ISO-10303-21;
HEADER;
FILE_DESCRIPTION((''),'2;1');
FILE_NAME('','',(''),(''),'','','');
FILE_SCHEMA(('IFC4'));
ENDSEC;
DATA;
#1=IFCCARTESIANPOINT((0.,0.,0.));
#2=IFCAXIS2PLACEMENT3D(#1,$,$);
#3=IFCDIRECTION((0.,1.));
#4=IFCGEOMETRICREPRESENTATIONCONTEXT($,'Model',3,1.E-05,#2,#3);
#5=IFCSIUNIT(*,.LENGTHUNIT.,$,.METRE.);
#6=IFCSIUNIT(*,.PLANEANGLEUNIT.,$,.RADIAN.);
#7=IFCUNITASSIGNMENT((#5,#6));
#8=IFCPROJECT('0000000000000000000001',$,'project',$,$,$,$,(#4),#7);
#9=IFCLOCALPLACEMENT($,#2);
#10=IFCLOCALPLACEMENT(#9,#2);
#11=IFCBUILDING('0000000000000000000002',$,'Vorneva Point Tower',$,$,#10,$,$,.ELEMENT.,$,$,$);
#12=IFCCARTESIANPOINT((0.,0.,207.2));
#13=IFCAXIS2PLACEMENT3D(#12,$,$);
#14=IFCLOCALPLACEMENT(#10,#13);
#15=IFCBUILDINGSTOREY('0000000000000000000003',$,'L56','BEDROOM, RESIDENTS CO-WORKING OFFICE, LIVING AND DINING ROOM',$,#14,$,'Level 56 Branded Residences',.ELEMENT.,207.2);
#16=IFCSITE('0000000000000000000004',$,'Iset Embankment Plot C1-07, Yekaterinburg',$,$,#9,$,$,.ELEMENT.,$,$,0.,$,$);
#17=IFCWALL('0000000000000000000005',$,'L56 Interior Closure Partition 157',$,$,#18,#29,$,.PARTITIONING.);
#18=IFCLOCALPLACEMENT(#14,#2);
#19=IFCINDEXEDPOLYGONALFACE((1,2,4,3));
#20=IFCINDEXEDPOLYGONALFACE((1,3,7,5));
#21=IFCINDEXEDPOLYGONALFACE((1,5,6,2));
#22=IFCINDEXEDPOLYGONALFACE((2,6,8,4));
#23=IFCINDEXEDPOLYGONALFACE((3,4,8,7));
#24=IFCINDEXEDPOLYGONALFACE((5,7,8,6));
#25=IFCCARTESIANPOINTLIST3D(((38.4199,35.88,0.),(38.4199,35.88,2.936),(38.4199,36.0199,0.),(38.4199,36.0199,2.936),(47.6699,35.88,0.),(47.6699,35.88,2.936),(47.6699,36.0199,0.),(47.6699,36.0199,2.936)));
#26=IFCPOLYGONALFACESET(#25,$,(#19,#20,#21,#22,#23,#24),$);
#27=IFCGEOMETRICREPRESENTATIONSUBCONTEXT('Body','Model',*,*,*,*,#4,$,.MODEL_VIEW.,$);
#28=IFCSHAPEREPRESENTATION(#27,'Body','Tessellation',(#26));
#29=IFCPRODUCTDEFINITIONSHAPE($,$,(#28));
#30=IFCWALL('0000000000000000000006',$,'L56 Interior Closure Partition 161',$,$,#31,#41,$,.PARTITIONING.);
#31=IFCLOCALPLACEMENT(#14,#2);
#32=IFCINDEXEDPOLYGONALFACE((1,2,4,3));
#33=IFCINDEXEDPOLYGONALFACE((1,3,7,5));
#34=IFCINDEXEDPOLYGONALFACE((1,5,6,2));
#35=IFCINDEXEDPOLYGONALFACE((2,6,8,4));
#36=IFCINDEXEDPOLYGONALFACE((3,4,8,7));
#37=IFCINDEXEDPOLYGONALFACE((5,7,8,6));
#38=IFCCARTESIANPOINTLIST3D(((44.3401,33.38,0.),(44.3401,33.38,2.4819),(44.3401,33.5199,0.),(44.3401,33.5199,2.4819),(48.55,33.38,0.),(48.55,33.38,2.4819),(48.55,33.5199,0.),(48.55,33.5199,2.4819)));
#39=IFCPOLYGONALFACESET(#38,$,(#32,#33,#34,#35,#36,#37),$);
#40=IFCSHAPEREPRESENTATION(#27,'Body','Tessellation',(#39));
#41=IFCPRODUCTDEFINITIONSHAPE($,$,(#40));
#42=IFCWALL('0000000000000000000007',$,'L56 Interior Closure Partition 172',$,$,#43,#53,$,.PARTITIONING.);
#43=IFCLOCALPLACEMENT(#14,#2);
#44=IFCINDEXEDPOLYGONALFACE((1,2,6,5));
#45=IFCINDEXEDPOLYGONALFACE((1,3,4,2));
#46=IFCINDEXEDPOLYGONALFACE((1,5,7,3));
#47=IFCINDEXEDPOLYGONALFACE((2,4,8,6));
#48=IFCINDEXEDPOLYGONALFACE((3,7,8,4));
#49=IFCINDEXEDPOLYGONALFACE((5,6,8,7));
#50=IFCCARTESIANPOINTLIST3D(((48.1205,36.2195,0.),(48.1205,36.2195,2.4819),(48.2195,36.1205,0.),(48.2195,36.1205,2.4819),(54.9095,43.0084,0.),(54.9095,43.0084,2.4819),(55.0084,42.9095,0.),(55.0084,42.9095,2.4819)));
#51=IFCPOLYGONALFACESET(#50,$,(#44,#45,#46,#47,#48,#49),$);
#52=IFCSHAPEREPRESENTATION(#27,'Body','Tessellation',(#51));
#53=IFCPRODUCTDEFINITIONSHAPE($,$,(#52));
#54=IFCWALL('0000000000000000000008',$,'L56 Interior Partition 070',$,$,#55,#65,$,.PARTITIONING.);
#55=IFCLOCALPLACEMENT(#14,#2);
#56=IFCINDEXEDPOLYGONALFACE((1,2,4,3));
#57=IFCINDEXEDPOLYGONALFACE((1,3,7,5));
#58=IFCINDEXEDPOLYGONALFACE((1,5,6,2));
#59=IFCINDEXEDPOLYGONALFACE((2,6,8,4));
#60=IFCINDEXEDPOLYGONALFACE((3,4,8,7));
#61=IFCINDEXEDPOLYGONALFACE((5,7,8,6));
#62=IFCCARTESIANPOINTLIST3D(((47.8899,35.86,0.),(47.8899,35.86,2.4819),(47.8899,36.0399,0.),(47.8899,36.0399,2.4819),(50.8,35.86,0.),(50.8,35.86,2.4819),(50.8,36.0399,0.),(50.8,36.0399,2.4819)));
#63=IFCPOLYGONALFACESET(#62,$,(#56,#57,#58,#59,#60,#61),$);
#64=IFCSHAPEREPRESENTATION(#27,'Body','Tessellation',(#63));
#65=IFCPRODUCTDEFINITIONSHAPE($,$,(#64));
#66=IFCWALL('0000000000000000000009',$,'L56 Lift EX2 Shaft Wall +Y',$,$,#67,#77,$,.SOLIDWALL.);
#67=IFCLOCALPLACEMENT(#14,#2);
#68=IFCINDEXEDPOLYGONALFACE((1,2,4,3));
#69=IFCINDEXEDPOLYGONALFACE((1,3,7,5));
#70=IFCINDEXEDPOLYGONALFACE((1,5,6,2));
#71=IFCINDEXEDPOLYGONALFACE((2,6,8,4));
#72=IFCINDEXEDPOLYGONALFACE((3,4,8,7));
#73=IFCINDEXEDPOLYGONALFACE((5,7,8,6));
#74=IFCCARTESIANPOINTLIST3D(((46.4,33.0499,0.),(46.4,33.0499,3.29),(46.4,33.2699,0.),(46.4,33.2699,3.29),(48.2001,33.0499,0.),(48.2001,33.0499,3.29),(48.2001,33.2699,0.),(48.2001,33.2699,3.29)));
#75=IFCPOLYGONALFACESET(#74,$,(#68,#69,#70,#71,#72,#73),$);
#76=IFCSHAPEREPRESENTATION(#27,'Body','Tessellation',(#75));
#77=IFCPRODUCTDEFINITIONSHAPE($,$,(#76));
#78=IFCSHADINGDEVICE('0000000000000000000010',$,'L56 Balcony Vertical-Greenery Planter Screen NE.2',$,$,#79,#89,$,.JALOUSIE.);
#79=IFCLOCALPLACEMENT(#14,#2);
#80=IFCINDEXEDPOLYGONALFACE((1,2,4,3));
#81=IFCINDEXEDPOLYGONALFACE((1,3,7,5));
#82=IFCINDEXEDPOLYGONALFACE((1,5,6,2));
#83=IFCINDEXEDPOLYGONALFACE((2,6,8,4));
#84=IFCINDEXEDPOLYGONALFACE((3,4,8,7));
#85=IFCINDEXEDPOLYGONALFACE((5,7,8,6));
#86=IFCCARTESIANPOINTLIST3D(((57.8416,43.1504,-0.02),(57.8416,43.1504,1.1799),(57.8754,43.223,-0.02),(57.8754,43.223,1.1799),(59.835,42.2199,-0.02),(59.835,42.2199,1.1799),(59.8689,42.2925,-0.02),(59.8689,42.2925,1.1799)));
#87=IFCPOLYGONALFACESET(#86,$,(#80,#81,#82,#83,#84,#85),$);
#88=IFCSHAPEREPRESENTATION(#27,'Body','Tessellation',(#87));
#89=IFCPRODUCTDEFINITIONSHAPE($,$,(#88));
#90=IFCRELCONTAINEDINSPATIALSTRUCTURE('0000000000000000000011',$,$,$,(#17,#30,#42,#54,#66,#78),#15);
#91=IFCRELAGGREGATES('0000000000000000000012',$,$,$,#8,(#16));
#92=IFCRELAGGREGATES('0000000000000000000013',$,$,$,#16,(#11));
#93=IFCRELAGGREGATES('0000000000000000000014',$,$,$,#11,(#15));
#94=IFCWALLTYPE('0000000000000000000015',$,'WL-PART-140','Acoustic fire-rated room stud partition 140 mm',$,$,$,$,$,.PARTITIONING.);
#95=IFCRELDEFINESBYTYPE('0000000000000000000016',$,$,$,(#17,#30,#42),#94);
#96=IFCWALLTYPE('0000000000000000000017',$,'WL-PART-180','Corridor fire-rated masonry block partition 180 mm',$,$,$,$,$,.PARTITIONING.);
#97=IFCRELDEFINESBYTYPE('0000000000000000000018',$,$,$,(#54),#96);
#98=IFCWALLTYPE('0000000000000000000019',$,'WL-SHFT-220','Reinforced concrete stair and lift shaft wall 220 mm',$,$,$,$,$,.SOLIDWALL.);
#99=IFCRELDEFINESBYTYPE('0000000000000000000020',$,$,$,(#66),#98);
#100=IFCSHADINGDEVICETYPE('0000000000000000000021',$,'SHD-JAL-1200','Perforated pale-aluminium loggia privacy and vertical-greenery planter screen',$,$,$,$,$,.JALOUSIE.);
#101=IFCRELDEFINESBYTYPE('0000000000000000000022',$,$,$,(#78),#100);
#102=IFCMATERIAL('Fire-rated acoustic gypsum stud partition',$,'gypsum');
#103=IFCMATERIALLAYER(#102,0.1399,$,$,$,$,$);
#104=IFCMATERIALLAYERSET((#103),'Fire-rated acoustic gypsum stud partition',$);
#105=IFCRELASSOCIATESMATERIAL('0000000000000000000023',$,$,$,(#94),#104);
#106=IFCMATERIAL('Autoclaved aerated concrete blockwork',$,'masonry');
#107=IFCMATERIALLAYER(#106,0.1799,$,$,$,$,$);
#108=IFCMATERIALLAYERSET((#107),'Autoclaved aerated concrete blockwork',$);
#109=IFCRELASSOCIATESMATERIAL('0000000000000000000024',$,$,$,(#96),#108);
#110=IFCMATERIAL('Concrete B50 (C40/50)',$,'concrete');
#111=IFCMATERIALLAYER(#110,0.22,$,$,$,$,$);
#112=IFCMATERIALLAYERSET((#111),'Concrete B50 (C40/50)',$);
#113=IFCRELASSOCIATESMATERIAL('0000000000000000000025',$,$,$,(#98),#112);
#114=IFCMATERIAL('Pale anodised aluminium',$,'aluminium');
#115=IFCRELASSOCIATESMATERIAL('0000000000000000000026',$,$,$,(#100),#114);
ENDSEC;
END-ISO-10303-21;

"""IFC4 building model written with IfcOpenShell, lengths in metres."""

from ifc_helpers import new_model, si_unit, direction, frame, frame_2d, origin, origin_2d, place, context, subcontext, project, spatial, rectangle, extrude, material, layer, layer_set, type_object, element, save


model = new_model("IFC4")

# Units and contexts
model_context = context("Model", 3, precision=1e-05, world=origin(), true_north=direction((0.0, 1.0)))
body_context = subcontext(model_context, "Body", "Model", "MODEL_VIEW")
ifc_project = project(units=[si_unit("LENGTHUNIT", "METRE"), si_unit("PLANEANGLEUNIT", "RADIAN")], contexts=[model_context])

# Site, building, storey
site_placement = place(None, origin())
site = spatial("IfcSite", under=ifc_project, at=site_placement, Name="Iset Embankment Plot C1-07, Yekaterinburg", CompositionType="ELEMENT", RefElevation=0.0)
building_placement = place(site_placement, origin())
building = spatial("IfcBuilding", under=site, at=building_placement, Name="Vorneva Point Tower", CompositionType="ELEMENT")
storey_placement = place(building_placement, frame((0.0, 0.0, 207.2)))
storey = spatial("IfcBuildingStorey", under=building, at=storey_placement, Name="L56", Description="BEDROOM, RESIDENTS CO-WORKING OFFICE, LIVING AND DINING ROOM", LongName="Level 56 Branded Residences", CompositionType="ELEMENT", Elevation=207.2)

# Shared definitions
ifc_material_1 = material(Name="Concrete B50 (C40/50)", Category="concrete")

# Shared definitions
ifc_material_2 = material(Name="Pale anodised aluminium", Category="aluminium")

# Walls
ifc_material_3 = material(Name="Fire-rated acoustic gypsum stud partition", Category="gypsum")
ifc_layer_1 = layer(ifc_material_3, 0.1399)
ifc_layer_set_1 = layer_set([ifc_layer_1], Name="Fire-rated acoustic gypsum stud partition")
wall_type_1 = type_object("IfcWallType", Name="WL-PART-140", Description="Acoustic fire-rated room stud partition 140 mm", PredefinedType="PARTITIONING", material=ifc_layer_set_1)
wall_1_placement = place(storey_placement, frame((47.6699, 35.95, 0.0), z_axis=(0.0, 0.0, 1.0), x_axis=(-1.0, 0.0, 0.0)))
element("IfcWall", 1, at=wall_1_placement, inside=storey, type_object=wall_type_1, Name="L56 Interior Closure Partition 157", PredefinedType="PARTITIONING", context=body_context, shape_type="SweptSolid", body=[
    extrude(rectangle(XDim=9.25, YDim=0.1399, at=frame_2d((4.625, 0.0))), origin(), (0.0, 0.0, 1.0), 2.936),
])
wall_2_placement = place(storey_placement, frame((48.55, 33.45, 0.0), z_axis=(0.0, 0.0, 1.0), x_axis=(-1.0, 0.0, 0.0)))
element("IfcWall", 2, at=wall_2_placement, inside=storey, type_object=wall_type_1, Name="L56 Interior Closure Partition 161", PredefinedType="PARTITIONING", context=body_context, shape_type="SweptSolid", body=[
    extrude(rectangle(XDim=4.21, YDim=0.1399, at=frame_2d((2.105, 0.0))), origin(), (0.0, 0.0, 1.0), 2.4819),
])
wall_3_placement = place(storey_placement, frame((54.959, 42.959, 0.0), z_axis=(0.0, 0.0, 1.0), x_axis=(-0.707107, -0.707107, 0.0)))
element("IfcWall", 3, at=wall_3_placement, inside=storey, type_object=wall_type_1, Name="L56 Interior Closure Partition 172", PredefinedType="PARTITIONING", context=body_context, shape_type="SweptSolid", body=[
    extrude(rectangle(XDim=9.6011, YDim=0.1399, at=frame_2d((4.8005, 0.0))), origin(), (0.0, 0.0, 1.0), 2.4819),
])
ifc_material_4 = material(Name="Autoclaved aerated concrete blockwork", Category="masonry")
ifc_layer_2 = layer(ifc_material_4, 0.1799)
ifc_layer_set_2 = layer_set([ifc_layer_2], Name="Autoclaved aerated concrete blockwork")
wall_type_2 = type_object("IfcWallType", Name="WL-PART-180", Description="Corridor fire-rated masonry block partition 180 mm", PredefinedType="PARTITIONING", material=ifc_layer_set_2)
wall_4_placement = place(storey_placement, frame((50.8, 35.95, 0.0), z_axis=(0.0, 0.0, 1.0), x_axis=(-1.0, 0.0, 0.0)))
element("IfcWall", 4, at=wall_4_placement, inside=storey, type_object=wall_type_2, Name="L56 Interior Partition 070", PredefinedType="PARTITIONING", context=body_context, shape_type="SweptSolid", body=[
    extrude(rectangle(XDim=2.9102, YDim=0.1799, at=frame_2d((1.4551, 0.0))), origin(), (0.0, 0.0, 1.0), 2.4819),
])
ifc_layer_3 = layer(ifc_material_1, 0.22)
ifc_layer_set_3 = layer_set([ifc_layer_3], Name="Concrete B50 (C40/50)")
wall_type_3 = type_object("IfcWallType", Name="WL-SHFT-220", Description="Reinforced concrete stair and lift shaft wall 220 mm", PredefinedType="SOLIDWALL", material=ifc_layer_set_3)
wall_5_placement = place(storey_placement, frame((48.2, 33.1599, 0.0), z_axis=(0.0, 0.0, 1.0), x_axis=(-1.0, 0.0, 0.0)))
element("IfcWall", 5, at=wall_5_placement, inside=storey, type_object=wall_type_3, Name="L56 Lift EX2 Shaft Wall +Y", PredefinedType="SOLIDWALL", context=body_context, shape_type="SweptSolid", body=[
    extrude(rectangle(XDim=1.8, YDim=0.22, at=frame_2d((0.8999, 0.0))), origin(), (0.0, 0.0, 1.0), 3.29),
])

# Shading device
shading_device_type = type_object("IfcShadingDeviceType", Name="SHD-JAL-1200", Description="Perforated pale-aluminium loggia privacy and vertical-greenery planter screen", PredefinedType="JALOUSIE", material=ifc_material_2)
shading_device_placement = place(storey_placement, frame((58.8552, 42.7214, -0.02), z_axis=(0.0, 0.0, 1.0), x_axis=(-0.906145, 0.422966, 0.0)))
element("IfcShadingDevice", 6, at=shading_device_placement, inside=storey, type_object=shading_device_type, Name="L56 Balcony Vertical-Greenery Planter Screen NE.2", PredefinedType="JALOUSIE", context=body_context, shape_type="SweptSolid", body=[
    extrude(rectangle(XDim=2.2, YDim=0.0801, at=origin_2d()), origin(), (0.0, 0.0, 1.0), 1.2),
])

save(model, "model.ifc")
